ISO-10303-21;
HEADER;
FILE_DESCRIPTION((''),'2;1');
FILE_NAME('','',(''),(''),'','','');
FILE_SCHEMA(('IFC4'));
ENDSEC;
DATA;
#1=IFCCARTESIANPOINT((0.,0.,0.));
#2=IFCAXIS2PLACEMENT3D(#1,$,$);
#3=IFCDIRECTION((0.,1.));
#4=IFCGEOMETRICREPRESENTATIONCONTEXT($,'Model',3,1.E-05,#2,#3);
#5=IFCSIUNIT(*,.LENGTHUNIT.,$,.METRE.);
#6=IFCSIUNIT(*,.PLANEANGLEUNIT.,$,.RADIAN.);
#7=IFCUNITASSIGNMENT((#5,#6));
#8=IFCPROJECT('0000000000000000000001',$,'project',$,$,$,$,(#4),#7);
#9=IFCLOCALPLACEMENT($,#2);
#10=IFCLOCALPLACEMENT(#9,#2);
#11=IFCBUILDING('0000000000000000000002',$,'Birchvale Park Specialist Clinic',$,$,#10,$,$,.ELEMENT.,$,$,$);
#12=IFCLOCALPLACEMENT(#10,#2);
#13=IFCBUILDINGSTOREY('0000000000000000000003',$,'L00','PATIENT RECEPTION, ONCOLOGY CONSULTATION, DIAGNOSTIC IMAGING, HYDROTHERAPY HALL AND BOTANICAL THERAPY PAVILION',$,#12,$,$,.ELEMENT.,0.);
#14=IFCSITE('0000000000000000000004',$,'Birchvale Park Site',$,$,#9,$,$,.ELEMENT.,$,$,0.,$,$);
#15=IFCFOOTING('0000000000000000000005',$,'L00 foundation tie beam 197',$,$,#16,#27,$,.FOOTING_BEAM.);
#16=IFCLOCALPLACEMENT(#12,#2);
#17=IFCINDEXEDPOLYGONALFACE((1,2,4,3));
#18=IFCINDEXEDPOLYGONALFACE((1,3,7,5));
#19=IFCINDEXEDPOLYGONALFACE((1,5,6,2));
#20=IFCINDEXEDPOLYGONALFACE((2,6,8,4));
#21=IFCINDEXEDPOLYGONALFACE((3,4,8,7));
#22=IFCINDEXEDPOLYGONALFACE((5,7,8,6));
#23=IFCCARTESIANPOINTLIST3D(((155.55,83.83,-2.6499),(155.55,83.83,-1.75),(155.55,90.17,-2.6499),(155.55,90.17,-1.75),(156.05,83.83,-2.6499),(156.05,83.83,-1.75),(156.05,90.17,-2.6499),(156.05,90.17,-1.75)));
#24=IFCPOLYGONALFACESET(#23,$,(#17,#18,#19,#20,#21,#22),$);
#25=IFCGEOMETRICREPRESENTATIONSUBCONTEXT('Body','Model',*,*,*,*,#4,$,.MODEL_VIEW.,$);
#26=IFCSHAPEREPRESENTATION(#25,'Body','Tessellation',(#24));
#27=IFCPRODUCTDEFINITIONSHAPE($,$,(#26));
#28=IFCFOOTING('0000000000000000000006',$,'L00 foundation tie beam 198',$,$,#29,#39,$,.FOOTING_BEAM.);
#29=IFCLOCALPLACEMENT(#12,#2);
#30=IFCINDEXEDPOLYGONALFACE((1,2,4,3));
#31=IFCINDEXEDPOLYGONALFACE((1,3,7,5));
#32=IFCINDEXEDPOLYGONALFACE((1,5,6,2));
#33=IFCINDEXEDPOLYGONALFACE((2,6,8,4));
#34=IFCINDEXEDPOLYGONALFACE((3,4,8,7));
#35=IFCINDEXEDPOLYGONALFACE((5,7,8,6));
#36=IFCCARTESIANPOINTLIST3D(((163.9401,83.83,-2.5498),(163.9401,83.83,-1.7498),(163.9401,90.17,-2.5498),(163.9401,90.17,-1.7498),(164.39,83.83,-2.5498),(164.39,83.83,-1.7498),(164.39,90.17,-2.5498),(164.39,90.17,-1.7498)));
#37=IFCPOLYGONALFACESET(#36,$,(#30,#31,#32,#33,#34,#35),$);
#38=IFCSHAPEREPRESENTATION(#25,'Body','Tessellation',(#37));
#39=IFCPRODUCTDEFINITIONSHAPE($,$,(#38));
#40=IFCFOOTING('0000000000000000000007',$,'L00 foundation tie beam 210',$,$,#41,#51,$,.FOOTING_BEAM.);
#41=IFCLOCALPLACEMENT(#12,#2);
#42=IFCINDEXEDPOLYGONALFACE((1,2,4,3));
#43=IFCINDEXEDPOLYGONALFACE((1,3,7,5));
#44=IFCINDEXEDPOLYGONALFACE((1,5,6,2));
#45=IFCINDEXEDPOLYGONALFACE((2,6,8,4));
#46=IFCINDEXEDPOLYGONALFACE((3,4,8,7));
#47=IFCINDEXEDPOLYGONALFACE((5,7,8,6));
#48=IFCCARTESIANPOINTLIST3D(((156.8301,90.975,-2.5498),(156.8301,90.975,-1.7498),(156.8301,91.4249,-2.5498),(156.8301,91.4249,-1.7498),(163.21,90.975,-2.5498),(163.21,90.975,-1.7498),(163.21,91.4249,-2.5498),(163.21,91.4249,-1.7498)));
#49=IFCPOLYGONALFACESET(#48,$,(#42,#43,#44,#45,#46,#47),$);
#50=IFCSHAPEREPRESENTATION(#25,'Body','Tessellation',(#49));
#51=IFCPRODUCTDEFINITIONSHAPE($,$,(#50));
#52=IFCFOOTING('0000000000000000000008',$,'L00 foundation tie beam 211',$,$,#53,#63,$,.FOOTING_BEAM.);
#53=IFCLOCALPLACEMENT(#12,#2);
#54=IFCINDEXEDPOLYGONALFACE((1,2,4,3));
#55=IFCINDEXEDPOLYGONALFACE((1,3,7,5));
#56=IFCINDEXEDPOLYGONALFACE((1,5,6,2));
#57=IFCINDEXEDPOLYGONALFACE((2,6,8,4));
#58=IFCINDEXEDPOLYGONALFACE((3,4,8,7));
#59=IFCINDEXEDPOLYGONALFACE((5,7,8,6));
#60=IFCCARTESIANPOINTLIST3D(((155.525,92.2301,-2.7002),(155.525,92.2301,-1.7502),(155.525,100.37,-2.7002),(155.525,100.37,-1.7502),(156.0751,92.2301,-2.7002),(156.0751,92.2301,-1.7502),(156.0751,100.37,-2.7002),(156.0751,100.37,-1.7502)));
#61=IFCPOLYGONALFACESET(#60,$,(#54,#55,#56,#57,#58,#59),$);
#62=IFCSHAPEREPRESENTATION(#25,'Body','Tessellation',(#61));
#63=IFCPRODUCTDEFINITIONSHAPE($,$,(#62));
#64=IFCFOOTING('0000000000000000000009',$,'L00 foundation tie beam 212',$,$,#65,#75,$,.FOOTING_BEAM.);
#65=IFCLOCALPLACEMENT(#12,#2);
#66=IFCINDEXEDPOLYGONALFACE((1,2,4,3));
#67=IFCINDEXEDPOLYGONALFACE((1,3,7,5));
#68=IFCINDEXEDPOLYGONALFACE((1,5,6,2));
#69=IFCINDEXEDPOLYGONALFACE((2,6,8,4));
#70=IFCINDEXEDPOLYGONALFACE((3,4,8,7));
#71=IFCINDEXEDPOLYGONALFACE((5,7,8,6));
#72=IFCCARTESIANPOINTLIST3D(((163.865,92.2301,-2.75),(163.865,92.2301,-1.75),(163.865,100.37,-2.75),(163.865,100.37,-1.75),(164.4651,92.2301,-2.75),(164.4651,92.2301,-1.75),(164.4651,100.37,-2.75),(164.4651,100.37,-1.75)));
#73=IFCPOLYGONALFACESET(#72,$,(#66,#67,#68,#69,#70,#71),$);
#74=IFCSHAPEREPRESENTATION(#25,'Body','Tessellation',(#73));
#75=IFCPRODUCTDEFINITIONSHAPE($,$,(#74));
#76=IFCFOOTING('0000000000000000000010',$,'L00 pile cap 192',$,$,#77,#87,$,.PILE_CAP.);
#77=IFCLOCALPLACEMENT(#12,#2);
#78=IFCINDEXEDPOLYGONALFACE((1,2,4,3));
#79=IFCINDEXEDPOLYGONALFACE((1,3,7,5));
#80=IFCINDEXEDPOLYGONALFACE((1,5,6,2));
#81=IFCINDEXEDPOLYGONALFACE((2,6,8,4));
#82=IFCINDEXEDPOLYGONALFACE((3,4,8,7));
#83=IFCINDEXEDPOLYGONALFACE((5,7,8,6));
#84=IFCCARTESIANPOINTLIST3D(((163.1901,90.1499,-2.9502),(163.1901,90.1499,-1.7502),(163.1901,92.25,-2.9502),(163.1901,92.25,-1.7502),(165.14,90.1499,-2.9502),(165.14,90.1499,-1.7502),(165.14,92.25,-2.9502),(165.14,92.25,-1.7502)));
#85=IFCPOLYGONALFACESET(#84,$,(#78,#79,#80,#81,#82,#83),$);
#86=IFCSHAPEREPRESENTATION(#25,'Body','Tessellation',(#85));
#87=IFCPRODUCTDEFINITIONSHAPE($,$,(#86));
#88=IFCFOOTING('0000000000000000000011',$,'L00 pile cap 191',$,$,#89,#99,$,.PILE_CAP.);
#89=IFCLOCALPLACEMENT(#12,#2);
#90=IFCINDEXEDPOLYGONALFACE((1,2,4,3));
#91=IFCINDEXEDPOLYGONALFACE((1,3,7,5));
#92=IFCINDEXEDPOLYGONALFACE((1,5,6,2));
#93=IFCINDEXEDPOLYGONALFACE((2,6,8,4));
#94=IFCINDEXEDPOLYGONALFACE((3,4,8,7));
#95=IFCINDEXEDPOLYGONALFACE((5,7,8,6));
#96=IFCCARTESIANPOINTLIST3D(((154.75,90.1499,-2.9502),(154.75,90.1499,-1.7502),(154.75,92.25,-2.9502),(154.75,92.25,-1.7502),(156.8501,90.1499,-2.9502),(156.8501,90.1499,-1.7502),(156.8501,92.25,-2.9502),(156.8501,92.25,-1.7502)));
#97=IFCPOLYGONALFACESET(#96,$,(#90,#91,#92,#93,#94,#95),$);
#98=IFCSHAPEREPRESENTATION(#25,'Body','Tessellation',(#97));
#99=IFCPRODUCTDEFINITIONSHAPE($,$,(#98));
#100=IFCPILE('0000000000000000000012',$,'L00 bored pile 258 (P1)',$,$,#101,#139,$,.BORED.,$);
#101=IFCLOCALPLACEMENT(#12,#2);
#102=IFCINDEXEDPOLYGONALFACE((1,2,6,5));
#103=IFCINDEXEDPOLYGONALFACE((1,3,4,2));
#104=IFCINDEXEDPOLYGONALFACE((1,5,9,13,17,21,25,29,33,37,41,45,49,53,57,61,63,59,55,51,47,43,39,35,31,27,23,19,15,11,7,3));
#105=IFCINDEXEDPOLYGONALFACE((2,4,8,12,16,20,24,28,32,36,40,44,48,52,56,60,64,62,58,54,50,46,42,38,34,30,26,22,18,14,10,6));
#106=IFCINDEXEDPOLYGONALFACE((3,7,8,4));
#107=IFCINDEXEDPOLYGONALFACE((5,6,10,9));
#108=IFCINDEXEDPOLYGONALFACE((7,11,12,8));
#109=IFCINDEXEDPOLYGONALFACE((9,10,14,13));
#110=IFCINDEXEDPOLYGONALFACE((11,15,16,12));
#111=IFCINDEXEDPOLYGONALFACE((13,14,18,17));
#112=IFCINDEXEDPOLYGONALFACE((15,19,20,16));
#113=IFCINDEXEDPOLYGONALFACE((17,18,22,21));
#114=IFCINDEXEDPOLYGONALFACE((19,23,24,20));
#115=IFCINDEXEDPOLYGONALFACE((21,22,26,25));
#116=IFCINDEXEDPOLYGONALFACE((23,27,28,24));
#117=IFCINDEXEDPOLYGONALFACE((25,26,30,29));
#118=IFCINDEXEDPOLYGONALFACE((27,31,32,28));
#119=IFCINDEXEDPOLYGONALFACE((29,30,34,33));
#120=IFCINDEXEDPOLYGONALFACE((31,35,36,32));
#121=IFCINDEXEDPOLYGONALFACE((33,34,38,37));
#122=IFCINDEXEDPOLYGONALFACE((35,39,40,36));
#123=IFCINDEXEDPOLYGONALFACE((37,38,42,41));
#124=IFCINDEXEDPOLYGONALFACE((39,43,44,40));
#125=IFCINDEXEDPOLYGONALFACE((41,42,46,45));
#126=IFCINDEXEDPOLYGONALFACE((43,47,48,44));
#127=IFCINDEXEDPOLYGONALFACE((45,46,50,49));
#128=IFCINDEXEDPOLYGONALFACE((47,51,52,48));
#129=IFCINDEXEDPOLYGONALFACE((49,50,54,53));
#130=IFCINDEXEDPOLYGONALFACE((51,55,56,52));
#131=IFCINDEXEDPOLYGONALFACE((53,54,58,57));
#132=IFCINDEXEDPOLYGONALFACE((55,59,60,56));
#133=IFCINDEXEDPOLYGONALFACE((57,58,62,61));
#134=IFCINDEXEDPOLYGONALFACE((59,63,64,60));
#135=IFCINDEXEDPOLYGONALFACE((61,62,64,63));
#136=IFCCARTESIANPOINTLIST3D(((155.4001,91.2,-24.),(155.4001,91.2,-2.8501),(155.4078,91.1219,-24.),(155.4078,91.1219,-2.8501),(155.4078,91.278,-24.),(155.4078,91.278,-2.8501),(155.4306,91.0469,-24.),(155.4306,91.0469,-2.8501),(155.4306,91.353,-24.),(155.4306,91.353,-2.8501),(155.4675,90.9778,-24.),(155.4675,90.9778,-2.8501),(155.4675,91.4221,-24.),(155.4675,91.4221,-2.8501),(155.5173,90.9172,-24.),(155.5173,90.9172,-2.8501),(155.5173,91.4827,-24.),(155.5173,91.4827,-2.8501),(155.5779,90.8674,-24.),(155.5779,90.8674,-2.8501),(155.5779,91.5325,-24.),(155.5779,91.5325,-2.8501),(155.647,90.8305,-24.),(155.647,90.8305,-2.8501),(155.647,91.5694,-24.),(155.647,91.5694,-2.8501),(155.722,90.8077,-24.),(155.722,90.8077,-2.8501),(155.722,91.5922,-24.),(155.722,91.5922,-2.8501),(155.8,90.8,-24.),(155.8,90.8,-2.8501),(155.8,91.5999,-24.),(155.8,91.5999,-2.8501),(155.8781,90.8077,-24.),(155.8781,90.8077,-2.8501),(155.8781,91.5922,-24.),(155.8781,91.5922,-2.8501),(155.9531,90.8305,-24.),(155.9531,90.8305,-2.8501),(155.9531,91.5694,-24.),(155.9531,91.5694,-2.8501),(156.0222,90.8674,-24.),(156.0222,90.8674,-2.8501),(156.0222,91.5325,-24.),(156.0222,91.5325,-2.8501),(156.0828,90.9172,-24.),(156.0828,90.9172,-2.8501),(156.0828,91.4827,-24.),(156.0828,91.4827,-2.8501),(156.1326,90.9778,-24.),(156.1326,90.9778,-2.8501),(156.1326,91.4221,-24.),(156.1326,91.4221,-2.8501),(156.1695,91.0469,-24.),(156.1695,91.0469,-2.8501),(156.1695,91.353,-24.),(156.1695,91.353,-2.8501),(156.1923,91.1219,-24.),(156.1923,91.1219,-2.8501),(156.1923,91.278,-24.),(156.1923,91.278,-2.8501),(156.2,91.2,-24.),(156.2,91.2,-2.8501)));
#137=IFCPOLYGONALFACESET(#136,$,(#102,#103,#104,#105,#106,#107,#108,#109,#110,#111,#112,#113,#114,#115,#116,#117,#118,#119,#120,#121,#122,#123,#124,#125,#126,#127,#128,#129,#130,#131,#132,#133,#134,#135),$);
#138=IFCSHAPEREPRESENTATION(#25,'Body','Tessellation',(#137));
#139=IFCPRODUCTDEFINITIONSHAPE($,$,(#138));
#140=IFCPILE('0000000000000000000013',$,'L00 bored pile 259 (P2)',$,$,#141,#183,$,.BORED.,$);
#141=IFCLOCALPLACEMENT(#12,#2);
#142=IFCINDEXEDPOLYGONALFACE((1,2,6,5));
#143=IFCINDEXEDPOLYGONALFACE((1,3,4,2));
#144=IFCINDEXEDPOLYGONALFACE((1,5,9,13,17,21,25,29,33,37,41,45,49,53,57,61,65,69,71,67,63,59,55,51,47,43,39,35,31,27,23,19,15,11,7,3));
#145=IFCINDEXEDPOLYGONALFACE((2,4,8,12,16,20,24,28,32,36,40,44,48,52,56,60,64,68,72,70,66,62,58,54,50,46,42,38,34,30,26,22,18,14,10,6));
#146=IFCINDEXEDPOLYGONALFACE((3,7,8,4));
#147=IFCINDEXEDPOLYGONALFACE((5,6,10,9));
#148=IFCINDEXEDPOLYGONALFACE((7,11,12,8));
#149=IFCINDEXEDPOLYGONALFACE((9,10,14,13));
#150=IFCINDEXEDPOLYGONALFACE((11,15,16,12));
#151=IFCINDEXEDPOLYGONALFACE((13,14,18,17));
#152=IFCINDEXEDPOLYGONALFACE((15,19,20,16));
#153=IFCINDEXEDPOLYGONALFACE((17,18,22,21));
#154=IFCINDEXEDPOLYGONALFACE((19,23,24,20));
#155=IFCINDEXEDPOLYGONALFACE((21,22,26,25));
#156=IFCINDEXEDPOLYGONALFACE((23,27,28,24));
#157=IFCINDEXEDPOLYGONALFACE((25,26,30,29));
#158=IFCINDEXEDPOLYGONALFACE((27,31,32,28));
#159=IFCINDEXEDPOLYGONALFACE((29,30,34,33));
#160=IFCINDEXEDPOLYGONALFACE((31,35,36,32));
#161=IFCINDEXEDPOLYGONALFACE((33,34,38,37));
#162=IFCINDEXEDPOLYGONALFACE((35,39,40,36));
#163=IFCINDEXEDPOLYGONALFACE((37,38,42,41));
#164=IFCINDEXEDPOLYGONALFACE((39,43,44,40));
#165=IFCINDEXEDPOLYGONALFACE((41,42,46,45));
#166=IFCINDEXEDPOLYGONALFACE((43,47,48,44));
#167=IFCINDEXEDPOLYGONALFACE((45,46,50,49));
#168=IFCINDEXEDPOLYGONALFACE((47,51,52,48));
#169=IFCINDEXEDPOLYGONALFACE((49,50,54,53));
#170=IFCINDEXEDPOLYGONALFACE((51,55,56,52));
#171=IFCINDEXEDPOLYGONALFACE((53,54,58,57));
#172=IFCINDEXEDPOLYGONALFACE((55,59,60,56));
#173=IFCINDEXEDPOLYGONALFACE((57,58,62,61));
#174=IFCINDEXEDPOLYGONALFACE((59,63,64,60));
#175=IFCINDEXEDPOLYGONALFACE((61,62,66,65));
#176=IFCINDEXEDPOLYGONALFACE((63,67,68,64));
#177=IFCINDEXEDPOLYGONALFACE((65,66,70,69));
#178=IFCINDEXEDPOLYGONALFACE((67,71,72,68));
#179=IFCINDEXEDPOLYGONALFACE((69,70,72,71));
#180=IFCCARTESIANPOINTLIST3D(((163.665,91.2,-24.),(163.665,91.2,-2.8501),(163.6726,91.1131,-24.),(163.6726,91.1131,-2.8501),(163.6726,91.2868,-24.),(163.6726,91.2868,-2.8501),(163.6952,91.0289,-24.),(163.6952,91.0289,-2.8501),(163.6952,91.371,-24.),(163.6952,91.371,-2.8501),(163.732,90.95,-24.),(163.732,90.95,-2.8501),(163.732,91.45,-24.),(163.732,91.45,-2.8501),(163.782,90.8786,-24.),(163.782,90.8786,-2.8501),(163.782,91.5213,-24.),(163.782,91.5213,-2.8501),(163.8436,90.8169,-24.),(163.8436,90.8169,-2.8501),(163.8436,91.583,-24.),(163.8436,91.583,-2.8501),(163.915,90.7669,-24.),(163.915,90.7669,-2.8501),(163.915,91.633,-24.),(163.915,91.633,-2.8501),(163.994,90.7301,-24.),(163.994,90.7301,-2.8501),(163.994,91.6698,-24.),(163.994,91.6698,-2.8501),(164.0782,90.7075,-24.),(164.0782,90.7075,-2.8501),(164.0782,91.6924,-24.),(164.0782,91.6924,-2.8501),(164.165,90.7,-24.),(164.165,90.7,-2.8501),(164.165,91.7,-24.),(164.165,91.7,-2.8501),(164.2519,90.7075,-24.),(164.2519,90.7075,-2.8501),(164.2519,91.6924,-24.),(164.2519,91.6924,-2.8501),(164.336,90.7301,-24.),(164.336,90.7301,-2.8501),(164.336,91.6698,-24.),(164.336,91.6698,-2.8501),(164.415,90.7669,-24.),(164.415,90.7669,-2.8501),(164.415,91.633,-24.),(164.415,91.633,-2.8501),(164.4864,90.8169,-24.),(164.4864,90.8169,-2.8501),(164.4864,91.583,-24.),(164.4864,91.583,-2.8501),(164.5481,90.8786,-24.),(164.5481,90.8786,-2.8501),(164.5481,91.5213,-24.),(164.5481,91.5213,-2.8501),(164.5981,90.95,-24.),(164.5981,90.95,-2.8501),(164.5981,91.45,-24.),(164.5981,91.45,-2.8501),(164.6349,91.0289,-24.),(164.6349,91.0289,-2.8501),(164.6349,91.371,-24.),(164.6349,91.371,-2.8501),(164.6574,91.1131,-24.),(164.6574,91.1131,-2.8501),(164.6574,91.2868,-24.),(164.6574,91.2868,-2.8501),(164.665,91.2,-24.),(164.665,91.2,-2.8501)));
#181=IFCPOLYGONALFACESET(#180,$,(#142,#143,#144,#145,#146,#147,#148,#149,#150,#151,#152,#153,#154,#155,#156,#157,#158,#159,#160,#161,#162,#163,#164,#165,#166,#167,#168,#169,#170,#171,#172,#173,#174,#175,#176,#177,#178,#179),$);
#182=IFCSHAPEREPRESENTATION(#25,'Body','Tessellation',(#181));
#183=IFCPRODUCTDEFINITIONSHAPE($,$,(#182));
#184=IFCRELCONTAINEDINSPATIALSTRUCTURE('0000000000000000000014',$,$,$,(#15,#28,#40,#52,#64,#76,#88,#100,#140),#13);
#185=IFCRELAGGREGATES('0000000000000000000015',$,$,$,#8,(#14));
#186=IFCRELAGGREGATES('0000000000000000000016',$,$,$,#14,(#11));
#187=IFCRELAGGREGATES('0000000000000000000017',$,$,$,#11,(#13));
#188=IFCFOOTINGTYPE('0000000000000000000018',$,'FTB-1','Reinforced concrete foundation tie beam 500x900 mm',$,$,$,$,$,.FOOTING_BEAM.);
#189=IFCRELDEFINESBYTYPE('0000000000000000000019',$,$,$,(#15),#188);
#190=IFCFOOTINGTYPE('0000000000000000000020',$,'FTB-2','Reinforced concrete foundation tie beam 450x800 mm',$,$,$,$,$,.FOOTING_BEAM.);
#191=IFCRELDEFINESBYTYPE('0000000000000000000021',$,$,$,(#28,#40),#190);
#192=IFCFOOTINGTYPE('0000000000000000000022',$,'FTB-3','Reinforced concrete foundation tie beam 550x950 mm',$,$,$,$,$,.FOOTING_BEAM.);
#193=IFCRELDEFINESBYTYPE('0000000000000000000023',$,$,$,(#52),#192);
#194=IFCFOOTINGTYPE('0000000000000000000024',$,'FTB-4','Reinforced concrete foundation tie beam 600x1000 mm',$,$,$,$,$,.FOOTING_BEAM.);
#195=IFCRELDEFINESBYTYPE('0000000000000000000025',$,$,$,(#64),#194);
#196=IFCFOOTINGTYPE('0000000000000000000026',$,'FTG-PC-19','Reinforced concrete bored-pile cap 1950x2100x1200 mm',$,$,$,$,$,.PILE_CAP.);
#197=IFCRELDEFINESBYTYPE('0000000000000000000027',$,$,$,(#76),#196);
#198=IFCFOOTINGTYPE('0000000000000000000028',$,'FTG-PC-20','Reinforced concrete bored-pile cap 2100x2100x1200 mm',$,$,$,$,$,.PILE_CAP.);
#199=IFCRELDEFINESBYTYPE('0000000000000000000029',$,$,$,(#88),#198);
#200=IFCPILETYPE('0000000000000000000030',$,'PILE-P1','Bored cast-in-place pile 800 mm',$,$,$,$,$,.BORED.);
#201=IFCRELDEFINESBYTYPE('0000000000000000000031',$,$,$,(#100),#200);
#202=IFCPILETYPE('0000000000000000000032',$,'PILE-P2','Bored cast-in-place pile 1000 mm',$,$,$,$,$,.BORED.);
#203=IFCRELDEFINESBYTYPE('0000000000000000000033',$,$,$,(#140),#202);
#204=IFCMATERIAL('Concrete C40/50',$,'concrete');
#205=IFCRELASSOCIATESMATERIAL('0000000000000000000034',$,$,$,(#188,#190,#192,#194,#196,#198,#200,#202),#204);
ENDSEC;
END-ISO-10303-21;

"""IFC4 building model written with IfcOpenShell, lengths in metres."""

from ifc_helpers import new_model, si_unit, direction, frame, origin, origin_2d, place, context, subcontext, project, spatial, rectangle, circle, extrude, material, material_profile, profile_set, type_object, element, save


model = new_model("IFC4")

# Units and contexts
model_context = context("Model", 3, precision=1e-05, world=origin(), true_north=direction((0.0, 1.0)))
body_context = subcontext(model_context, "Body", "Model", "MODEL_VIEW")
ifc_project = project(units=[si_unit("LENGTHUNIT", "METRE"), si_unit("PLANEANGLEUNIT", "RADIAN")], contexts=[model_context])

# Site, building, storey
site_placement = place(None, origin())
site = spatial("IfcSite", under=ifc_project, at=site_placement, Name="Birchvale Park Site", CompositionType="ELEMENT", RefElevation=0.0)
building_placement = place(site_placement, origin())
building = spatial("IfcBuilding", under=site, at=building_placement, Name="Birchvale Park Specialist Clinic", CompositionType="ELEMENT")
storey_placement = place(building_placement, origin())
storey = spatial("IfcBuildingStorey", under=building, at=storey_placement, Name="L00", Description="PATIENT RECEPTION, ONCOLOGY CONSULTATION, DIAGNOSTIC IMAGING, HYDROTHERAPY HALL AND BOTANICAL THERAPY PAVILION", CompositionType="ELEMENT", Elevation=0.0)

# Footings
ifc_material_1 = material(Name="Concrete C40/50", Category="concrete")
footing_type_1 = type_object("IfcFootingType", Name="FTB-1", Description="Reinforced concrete foundation tie beam 500x900 mm", PredefinedType="FOOTING_BEAM", material=ifc_material_1)
footing_1_placement = place(storey_placement, frame((155.8, 87.0, -2.6499), z_axis=(0.0, 0.0, 1.0), x_axis=(1.0, 0.0, 0.0)))
element("IfcFooting", 1, at=footing_1_placement, inside=storey, type_object=footing_type_1, Name="L00 foundation tie beam 197", PredefinedType="FOOTING_BEAM", context=body_context, shape_type="SweptSolid", body=[
    extrude(rectangle(XDim=0.5, YDim=6.3401, at=origin_2d()), origin(), (0.0, 0.0, 1.0), 0.8999),
])
footing_type_2 = type_object("IfcFootingType", Name="FTB-2", Description="Reinforced concrete foundation tie beam 450x800 mm", PredefinedType="FOOTING_BEAM", material=ifc_material_1)
footing_2_placement = place(storey_placement, frame((164.165, 87.0, -2.5498), z_axis=(0.0, 0.0, 1.0), x_axis=(1.0, 0.0, 0.0)))
element("IfcFooting", 2, at=footing_2_placement, inside=storey, type_object=footing_type_2, Name="L00 foundation tie beam 198", PredefinedType="FOOTING_BEAM", context=body_context, shape_type="SweptSolid", body=[
    extrude(rectangle(XDim=0.45, YDim=6.3401, at=origin_2d()), origin(), (0.0, 0.0, 1.0), 0.8),
])
footing_3_placement = place(storey_placement, frame((160.02, 91.2, -2.5498), z_axis=(0.0, 0.0, 1.0), x_axis=(1.0, 0.0, 0.0)))
element("IfcFooting", 3, at=footing_3_placement, inside=storey, type_object=footing_type_2, Name="L00 foundation tie beam 210", PredefinedType="FOOTING_BEAM", context=body_context, shape_type="SweptSolid", body=[
    extrude(rectangle(XDim=6.3799, YDim=0.45, at=origin_2d()), origin(), (0.0, 0.0, 1.0), 0.8),
])
footing_type_3 = type_object("IfcFootingType", Name="FTB-3", Description="Reinforced concrete foundation tie beam 550x950 mm", PredefinedType="FOOTING_BEAM", material=ifc_material_1)
footing_4_placement = place(storey_placement, frame((155.8, 96.3, -2.7002), z_axis=(0.0, 0.0, 1.0), x_axis=(1.0, 0.0, 0.0)))
element("IfcFooting", 4, at=footing_4_placement, inside=storey, type_object=footing_type_3, Name="L00 foundation tie beam 211", PredefinedType="FOOTING_BEAM", context=body_context, shape_type="SweptSolid", body=[
    extrude(rectangle(XDim=0.55, YDim=8.1399, at=origin_2d()), origin(), (0.0, 0.0, 1.0), 0.95),
])
footing_type_4 = type_object("IfcFootingType", Name="FTB-4", Description="Reinforced concrete foundation tie beam 600x1000 mm", PredefinedType="FOOTING_BEAM", material=ifc_material_1)
footing_5_placement = place(storey_placement, frame((164.165, 96.3, -2.75), z_axis=(0.0, 0.0, 1.0), x_axis=(1.0, 0.0, 0.0)))
element("IfcFooting", 5, at=footing_5_placement, inside=storey, type_object=footing_type_4, Name="L00 foundation tie beam 212", PredefinedType="FOOTING_BEAM", context=body_context, shape_type="SweptSolid", body=[
    extrude(rectangle(XDim=0.6001, YDim=8.1399, at=origin_2d()), origin(), (0.0, 0.0, 1.0), 1.0),
])
footing_type_5 = type_object("IfcFootingType", Name="FTG-PC-19", Description="Reinforced concrete bored-pile cap 1950x2100x1200 mm", PredefinedType="PILE_CAP", material=ifc_material_1)
footing_6_placement = place(storey_placement, frame((164.165, 91.2, -2.9502), z_axis=(0.0, 0.0, 1.0), x_axis=(1.0, 0.0, 0.0)))
element("IfcFooting", 6, at=footing_6_placement, inside=storey, type_object=footing_type_5, Name="L00 pile cap 192", PredefinedType="PILE_CAP", context=body_context, shape_type="SweptSolid", body=[
    extrude(rectangle(XDim=1.95, YDim=2.1001, at=origin_2d()), origin(), (0.0, 0.0, 1.0), 1.2),
])
footing_type_6 = type_object("IfcFootingType", Name="FTG-PC-20", Description="Reinforced concrete bored-pile cap 2100x2100x1200 mm", PredefinedType="PILE_CAP", material=ifc_material_1)
footing_7_placement = place(storey_placement, frame((155.8, 91.2, -2.9502), z_axis=(0.0, 0.0, 1.0), x_axis=(1.0, 0.0, 0.0)))
element("IfcFooting", 7, at=footing_7_placement, inside=storey, type_object=footing_type_6, Name="L00 pile cap 191", PredefinedType="PILE_CAP", context=body_context, shape_type="SweptSolid", body=[
    extrude(rectangle(XDim=2.1001, YDim=2.1001, at=origin_2d()), origin(), (0.0, 0.0, 1.0), 1.2),
])

# Piles
ifc_material_profile_1 = material_profile(ifc_material_1, circle(Radius=0.3999, at=origin_2d()), Name="PILE-800")
ifc_profile_set_1 = profile_set([ifc_material_profile_1], Name="Concrete C40/50")
pile_type_1 = type_object("IfcPileType", Name="PILE-P1", Description="Bored cast-in-place pile 800 mm", PredefinedType="BORED", material=ifc_profile_set_1)
pile_1_placement = place(storey_placement, frame((155.8, 91.2, -2.8501), z_axis=(0.0, 0.0, -1.0), x_axis=(1.0, 0.0, 0.0)))
element("IfcPile", 8, at=pile_1_placement, inside=storey, type_object=pile_type_1, Name="L00 bored pile 258 (P1)", PredefinedType="BORED", context=body_context, shape_type="SweptSolid", body=[
    extrude(circle(Radius=0.3999, at=origin_2d()), origin(), (0.0, 0.0, 1.0), 21.1499),
])
ifc_material_profile_2 = material_profile(ifc_material_1, circle(Radius=0.5, at=origin_2d()), Name="PILE-1000")
ifc_profile_set_2 = profile_set([ifc_material_profile_2], Name="Concrete C40/50")
pile_type_2 = type_object("IfcPileType", Name="PILE-P2", Description="Bored cast-in-place pile 1000 mm", PredefinedType="BORED", material=ifc_profile_set_2)
pile_2_placement = place(storey_placement, frame((164.165, 91.2, -2.8501), z_axis=(0.0, 0.0, -1.0), x_axis=(1.0, 0.0, 0.0)))
element("IfcPile", 9, at=pile_2_placement, inside=storey, type_object=pile_type_2, Name="L00 bored pile 259 (P2)", PredefinedType="BORED", context=body_context, shape_type="SweptSolid", body=[
    extrude(circle(Radius=0.5, at=origin_2d()), origin(), (0.0, 0.0, 1.0), 21.1499),
])

save(model, "model.ifc")
